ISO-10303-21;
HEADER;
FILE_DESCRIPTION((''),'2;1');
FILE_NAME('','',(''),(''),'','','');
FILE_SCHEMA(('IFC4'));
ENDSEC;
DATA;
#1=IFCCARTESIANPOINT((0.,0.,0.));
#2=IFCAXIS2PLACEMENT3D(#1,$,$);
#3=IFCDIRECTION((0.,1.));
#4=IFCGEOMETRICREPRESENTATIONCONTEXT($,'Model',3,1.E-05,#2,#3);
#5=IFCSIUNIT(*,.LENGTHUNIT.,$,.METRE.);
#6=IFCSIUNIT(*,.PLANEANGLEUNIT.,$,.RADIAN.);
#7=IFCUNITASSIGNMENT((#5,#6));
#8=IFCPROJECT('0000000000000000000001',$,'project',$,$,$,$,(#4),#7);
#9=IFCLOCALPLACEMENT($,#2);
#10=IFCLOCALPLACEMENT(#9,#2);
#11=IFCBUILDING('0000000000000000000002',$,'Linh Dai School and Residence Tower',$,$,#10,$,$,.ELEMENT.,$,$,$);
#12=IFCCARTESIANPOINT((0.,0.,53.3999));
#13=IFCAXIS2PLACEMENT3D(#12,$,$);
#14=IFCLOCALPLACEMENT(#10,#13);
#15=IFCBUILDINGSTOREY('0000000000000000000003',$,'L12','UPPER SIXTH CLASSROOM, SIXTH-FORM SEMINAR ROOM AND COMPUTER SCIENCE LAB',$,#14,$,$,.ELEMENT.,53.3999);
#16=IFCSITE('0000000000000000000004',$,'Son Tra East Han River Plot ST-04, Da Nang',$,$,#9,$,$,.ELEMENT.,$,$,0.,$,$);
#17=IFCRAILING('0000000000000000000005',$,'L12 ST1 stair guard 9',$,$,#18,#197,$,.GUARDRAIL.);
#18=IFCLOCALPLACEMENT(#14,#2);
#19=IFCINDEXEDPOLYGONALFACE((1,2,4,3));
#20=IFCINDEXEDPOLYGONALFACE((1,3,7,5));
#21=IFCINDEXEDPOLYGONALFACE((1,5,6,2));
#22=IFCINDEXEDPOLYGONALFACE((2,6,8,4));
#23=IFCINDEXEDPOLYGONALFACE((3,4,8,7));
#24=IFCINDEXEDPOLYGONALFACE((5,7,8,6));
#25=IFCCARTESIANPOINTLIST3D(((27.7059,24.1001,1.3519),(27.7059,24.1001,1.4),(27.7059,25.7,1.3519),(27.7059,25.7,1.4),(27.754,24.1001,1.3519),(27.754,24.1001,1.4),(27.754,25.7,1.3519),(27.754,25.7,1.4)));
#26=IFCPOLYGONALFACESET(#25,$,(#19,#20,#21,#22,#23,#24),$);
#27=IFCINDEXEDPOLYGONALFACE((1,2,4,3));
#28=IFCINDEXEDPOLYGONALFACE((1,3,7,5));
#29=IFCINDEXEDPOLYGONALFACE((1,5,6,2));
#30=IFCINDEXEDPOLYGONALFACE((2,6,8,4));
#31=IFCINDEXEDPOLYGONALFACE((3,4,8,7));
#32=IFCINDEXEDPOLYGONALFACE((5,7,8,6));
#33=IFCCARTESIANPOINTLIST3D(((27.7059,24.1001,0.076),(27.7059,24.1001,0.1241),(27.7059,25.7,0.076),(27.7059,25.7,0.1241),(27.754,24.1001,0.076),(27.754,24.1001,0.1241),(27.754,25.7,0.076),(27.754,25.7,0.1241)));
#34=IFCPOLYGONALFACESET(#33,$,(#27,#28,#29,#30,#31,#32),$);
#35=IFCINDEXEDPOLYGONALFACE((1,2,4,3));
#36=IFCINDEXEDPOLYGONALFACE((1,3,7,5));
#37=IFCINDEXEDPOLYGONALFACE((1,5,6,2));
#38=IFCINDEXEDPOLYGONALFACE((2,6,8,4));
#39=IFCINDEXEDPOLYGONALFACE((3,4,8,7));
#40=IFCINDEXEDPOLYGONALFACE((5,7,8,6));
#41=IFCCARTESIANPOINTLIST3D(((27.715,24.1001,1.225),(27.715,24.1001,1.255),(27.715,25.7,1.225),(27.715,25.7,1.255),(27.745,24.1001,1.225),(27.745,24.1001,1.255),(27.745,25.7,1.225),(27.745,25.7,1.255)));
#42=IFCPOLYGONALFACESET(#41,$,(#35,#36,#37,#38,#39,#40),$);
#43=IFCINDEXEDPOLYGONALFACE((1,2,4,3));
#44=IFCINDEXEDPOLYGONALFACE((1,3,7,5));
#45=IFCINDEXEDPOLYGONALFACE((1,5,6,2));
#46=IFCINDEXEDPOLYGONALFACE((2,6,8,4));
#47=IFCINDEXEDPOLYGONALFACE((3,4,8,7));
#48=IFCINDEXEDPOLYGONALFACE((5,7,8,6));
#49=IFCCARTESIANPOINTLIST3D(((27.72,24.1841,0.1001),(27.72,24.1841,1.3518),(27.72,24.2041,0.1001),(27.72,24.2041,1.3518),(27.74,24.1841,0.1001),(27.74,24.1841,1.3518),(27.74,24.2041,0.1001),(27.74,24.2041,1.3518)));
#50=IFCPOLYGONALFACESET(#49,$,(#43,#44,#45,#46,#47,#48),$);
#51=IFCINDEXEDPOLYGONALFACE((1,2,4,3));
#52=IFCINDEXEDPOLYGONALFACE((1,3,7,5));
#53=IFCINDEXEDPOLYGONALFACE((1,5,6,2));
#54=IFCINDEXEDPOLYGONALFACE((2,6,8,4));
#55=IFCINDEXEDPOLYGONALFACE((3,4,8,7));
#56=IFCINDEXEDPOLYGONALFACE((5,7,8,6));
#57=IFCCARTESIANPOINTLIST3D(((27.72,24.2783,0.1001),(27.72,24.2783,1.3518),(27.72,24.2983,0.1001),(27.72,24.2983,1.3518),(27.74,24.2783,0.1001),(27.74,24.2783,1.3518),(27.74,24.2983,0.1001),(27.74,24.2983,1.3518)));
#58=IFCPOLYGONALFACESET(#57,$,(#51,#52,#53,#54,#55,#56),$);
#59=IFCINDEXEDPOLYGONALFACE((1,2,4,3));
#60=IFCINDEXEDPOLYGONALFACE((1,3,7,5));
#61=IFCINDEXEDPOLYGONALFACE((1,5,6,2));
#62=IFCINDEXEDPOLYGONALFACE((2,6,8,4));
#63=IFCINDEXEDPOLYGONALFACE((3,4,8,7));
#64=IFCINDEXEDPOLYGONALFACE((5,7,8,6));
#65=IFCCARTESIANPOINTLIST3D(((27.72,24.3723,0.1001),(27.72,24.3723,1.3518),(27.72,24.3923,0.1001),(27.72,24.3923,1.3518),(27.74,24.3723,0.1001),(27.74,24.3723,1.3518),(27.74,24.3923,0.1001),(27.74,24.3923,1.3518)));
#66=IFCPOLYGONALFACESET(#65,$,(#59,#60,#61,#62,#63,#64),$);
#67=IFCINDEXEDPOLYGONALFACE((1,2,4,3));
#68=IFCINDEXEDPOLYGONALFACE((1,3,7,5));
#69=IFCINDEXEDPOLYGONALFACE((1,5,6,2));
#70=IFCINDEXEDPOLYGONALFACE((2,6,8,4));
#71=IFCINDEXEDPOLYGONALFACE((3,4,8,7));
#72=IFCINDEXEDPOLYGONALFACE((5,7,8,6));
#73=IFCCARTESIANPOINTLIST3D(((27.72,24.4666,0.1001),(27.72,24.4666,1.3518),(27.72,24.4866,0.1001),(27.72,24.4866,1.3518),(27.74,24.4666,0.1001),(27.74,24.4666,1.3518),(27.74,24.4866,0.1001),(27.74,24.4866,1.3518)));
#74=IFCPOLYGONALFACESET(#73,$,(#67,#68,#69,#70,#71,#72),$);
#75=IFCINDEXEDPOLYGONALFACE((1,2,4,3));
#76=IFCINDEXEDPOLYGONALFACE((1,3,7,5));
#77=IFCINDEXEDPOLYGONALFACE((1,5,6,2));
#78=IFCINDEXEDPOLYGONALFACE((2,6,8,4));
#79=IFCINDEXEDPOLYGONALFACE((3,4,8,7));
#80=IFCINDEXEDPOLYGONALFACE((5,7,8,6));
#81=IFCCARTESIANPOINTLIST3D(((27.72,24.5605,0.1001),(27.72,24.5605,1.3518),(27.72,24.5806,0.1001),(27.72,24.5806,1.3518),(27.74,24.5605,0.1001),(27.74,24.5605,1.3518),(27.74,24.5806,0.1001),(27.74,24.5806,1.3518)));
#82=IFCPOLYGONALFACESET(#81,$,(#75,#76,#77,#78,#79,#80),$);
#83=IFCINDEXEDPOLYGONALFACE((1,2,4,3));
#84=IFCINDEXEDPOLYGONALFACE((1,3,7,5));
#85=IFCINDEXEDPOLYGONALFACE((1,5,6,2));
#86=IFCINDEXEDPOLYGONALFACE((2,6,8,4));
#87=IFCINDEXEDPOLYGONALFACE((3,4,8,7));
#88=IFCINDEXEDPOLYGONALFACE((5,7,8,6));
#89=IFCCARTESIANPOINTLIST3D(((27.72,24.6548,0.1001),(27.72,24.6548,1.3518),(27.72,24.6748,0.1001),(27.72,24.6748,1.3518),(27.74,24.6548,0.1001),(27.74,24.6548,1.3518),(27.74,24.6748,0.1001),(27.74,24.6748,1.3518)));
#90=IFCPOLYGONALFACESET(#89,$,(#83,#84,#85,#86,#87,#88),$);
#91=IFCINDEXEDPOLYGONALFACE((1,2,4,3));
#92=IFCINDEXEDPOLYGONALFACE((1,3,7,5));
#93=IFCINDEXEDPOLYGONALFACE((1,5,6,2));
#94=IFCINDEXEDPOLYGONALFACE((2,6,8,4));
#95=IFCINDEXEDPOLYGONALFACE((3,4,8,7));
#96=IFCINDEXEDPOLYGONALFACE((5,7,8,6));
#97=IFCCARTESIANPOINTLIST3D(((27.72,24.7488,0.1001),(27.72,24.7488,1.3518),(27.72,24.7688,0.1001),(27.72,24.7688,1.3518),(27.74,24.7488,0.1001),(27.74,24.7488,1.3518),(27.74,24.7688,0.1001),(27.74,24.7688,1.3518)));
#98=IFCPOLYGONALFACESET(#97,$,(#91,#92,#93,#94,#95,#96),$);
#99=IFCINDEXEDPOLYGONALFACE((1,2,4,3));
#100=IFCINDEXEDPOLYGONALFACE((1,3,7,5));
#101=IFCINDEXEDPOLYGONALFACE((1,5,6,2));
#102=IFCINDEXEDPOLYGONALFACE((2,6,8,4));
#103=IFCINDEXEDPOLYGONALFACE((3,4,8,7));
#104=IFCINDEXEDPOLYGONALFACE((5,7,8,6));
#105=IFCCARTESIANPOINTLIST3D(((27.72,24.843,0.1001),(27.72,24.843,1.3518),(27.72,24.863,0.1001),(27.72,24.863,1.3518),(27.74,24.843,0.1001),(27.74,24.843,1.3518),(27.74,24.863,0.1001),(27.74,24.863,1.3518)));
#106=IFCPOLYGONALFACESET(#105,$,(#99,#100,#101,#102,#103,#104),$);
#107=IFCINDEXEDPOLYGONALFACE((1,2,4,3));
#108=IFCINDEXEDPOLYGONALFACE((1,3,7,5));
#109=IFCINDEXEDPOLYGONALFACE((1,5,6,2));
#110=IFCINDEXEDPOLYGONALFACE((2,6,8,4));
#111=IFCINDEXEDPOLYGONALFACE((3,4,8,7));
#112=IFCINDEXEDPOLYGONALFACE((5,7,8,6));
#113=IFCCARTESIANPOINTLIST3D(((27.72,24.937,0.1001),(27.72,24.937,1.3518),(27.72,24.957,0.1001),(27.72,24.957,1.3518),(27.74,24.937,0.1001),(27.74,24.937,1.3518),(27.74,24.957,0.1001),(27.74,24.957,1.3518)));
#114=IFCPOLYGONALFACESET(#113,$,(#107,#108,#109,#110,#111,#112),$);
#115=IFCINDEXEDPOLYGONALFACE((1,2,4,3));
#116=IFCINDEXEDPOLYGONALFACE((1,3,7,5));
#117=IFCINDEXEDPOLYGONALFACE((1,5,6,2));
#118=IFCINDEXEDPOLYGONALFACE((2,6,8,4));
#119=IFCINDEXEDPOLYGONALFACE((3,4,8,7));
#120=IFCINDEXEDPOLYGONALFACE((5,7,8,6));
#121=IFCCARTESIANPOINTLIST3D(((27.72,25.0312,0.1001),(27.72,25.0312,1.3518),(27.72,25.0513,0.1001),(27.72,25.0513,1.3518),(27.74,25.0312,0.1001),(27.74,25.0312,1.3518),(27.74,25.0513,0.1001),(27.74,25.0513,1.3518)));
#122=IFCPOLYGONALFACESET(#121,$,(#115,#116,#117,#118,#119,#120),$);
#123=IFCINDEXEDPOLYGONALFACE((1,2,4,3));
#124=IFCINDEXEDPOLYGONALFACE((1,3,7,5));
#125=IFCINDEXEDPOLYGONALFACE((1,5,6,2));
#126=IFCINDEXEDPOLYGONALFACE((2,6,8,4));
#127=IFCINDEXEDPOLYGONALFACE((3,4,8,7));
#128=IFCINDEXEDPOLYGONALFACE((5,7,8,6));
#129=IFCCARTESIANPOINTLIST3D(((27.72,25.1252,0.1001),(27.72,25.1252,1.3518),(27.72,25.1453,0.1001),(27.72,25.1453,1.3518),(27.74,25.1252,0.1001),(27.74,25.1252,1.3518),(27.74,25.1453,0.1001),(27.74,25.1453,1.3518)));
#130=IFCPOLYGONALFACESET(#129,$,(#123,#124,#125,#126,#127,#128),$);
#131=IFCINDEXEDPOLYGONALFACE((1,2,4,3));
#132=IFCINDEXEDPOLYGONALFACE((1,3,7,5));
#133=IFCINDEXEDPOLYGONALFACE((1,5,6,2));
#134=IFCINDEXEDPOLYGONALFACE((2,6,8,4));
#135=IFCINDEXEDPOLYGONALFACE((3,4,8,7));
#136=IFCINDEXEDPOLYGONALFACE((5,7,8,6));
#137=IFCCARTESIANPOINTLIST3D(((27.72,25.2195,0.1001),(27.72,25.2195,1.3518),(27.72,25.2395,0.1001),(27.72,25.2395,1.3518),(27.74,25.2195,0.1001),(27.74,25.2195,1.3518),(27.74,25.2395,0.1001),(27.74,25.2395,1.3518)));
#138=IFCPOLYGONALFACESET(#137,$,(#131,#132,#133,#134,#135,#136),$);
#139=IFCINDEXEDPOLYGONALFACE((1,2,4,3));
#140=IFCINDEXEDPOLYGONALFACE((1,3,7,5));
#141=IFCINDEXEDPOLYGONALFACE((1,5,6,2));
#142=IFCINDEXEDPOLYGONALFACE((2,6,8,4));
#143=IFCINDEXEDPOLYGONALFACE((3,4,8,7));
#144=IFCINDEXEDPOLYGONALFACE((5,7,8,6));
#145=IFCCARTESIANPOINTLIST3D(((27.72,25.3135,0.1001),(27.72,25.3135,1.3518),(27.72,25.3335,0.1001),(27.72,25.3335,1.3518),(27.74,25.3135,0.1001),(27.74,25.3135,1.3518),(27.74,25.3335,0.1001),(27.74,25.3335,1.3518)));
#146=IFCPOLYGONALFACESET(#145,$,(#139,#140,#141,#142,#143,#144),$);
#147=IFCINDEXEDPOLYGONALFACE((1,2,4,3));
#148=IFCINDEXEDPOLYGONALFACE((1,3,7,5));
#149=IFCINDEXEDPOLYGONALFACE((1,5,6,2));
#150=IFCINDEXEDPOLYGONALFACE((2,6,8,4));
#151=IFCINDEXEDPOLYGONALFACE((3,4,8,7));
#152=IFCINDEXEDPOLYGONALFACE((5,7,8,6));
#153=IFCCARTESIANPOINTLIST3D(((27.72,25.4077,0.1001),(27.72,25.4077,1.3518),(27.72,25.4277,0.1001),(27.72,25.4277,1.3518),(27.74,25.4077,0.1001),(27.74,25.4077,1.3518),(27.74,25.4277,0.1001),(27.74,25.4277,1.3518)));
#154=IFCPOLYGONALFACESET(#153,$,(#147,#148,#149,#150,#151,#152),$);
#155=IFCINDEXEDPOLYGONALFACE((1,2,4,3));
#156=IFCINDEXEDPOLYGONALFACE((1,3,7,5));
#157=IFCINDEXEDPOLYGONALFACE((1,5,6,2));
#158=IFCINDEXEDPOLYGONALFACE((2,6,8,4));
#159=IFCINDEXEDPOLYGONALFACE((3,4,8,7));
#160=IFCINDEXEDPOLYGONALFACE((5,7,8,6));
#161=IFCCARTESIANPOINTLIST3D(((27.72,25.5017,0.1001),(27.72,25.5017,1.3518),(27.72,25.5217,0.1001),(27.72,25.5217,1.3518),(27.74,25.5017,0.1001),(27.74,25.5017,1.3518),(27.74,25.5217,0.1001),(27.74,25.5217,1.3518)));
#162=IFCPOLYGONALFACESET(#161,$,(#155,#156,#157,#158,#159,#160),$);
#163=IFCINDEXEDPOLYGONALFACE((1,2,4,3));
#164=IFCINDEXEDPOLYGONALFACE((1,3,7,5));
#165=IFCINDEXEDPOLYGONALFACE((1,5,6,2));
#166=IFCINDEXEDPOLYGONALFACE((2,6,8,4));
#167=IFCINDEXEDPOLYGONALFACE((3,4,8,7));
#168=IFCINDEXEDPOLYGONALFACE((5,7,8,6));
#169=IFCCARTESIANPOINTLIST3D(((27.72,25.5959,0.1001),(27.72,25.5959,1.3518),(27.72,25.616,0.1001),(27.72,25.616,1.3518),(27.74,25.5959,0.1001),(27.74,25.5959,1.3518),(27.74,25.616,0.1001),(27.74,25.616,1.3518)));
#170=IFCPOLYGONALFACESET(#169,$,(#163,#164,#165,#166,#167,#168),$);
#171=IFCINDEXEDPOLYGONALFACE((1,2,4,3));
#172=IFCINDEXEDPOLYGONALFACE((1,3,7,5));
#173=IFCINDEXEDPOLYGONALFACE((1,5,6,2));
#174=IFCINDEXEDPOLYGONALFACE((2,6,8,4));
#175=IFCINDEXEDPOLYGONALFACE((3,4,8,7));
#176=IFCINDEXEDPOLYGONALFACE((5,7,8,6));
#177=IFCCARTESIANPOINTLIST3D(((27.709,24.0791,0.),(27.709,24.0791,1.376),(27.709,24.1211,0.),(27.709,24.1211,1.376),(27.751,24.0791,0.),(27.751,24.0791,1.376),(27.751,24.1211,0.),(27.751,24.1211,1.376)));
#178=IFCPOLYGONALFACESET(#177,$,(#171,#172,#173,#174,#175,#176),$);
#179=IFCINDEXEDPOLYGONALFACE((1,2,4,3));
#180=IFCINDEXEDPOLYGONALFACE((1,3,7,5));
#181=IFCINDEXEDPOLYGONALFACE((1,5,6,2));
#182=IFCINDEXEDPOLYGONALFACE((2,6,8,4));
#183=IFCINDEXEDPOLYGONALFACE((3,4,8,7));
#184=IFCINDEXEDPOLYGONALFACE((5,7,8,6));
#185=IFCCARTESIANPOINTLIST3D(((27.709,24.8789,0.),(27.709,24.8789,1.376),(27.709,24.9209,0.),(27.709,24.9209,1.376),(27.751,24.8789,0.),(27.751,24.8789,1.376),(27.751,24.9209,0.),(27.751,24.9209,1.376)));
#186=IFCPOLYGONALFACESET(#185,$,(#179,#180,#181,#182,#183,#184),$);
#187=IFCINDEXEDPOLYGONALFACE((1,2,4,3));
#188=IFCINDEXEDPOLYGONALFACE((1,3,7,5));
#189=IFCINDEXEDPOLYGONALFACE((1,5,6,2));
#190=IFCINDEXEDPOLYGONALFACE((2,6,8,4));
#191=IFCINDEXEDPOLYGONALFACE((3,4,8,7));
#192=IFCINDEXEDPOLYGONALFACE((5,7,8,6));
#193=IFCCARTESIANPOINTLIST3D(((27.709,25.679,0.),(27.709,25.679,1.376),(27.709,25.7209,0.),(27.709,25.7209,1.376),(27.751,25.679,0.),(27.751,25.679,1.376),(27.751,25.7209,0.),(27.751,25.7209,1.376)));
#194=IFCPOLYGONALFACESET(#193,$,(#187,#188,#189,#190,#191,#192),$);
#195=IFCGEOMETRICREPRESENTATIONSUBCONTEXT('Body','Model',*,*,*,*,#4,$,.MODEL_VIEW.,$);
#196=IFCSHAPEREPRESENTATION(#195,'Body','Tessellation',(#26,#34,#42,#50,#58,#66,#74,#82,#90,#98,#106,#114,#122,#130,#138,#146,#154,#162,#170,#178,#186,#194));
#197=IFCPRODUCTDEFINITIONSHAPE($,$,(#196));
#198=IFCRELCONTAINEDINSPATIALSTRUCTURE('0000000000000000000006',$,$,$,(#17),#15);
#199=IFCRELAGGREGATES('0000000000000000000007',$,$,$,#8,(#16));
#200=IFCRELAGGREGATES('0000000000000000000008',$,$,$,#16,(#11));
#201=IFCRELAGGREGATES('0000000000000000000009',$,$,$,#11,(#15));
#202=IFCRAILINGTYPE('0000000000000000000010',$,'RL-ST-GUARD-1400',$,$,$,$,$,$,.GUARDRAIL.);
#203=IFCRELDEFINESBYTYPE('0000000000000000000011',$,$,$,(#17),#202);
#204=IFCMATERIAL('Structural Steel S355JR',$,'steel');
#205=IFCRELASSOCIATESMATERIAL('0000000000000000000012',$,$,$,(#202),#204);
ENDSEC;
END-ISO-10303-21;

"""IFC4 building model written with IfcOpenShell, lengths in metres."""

from ifc_helpers import new_model, si_unit, direction, frame, origin, origin_2d, place, context, subcontext, project, spatial, rectangle, extrude, source, transform, mapped, material, type_object, element, save


model = new_model("IFC4")

# Units and contexts
model_context = context("Model", 3, precision=1e-05, world=origin(), true_north=direction((0.0, 1.0)))
body_context = subcontext(model_context, "Body", "Model", "MODEL_VIEW")
ifc_project = project(units=[si_unit("LENGTHUNIT", "METRE"), si_unit("PLANEANGLEUNIT", "RADIAN")], contexts=[model_context])

# Site, building, storey
site_placement = place(None, origin())
site = spatial("IfcSite", under=ifc_project, at=site_placement, Name="Son Tra East Han River Plot ST-04, Da Nang", CompositionType="ELEMENT", RefElevation=0.0)
building_placement = place(site_placement, origin())
building = spatial("IfcBuilding", under=site, at=building_placement, Name="Linh Dai School and Residence Tower", CompositionType="ELEMENT")
storey_placement = place(building_placement, frame((0.0, 0.0, 53.3999)))
storey = spatial("IfcBuildingStorey", under=building, at=storey_placement, Name="L12", Description="UPPER SIXTH CLASSROOM, SIXTH-FORM SEMINAR ROOM AND COMPUTER SCIENCE LAB", CompositionType="ELEMENT", Elevation=53.3999)

# Shared definitions
ifc_material_1 = material(Name="Structural Steel S355JR", Category="steel")

# Railing
railing_type_1 = type_object("IfcRailingType", Name="RL-ST-GUARD-1400", PredefinedType="GUARDRAIL", material=ifc_material_1)
shared_shape_1 = source(origin(), body_context, "Body", "SweptSolid", [
    extrude(rectangle(XDim=0.0481, YDim=0.0481, at=origin_2d()), frame((0.0, 0.0, 1.376), z_axis=(0.0, 1.0, 0.0), x_axis=(-1.0, 0.0, 0.0)), (0.0, 0.0, 1.0), 1.5999),
    extrude(rectangle(XDim=0.0481, YDim=0.0481, at=origin_2d()), frame((0.0, 0.0, 0.1001), z_axis=(0.0, 1.0, 0.0), x_axis=(-1.0, 0.0, 0.0)), (0.0, 0.0, 1.0), 1.5999),
    extrude(rectangle(XDim=0.03, YDim=0.03, at=origin_2d()), frame((0.0, 0.0, 1.24), z_axis=(0.0, 1.0, 0.0), x_axis=(-1.0, 0.0, 0.0)), (0.0, 0.0, 1.0), 1.5999),
    extrude(rectangle(XDim=0.02, YDim=0.02, at=origin_2d()), frame((0.0, 0.094, 0.1001)), (0.0, 0.0, 1.0), 1.2517),
    extrude(rectangle(XDim=0.02, YDim=0.02, at=origin_2d()), frame((0.0, 0.1882, 0.1001)), (0.0, 0.0, 1.0), 1.2517),
    extrude(rectangle(XDim=0.02, YDim=0.02, at=origin_2d()), frame((0.0, 0.2822, 0.1001)), (0.0, 0.0, 1.0), 1.2517),
    extrude(rectangle(XDim=0.02, YDim=0.02, at=origin_2d()), frame((0.0, 0.3765, 0.1001)), (0.0, 0.0, 1.0), 1.2517),
    extrude(rectangle(XDim=0.02, YDim=0.02, at=origin_2d()), frame((0.0, 0.4705, 0.1001)), (0.0, 0.0, 1.0), 1.2517),
    extrude(rectangle(XDim=0.02, YDim=0.02, at=origin_2d()), frame((0.0, 0.5647, 0.1001)), (0.0, 0.0, 1.0), 1.2517),
    extrude(rectangle(XDim=0.02, YDim=0.02, at=origin_2d()), frame((0.0, 0.6587, 0.1001)), (0.0, 0.0, 1.0), 1.2517),
    extrude(rectangle(XDim=0.02, YDim=0.02, at=origin_2d()), frame((0.0, 0.7529, 0.1001)), (0.0, 0.0, 1.0), 1.2517),
    extrude(rectangle(XDim=0.02, YDim=0.02, at=origin_2d()), frame((0.0, 0.8469, 0.1001)), (0.0, 0.0, 1.0), 1.2517),
    extrude(rectangle(XDim=0.02, YDim=0.02, at=origin_2d()), frame((0.0, 0.9412, 0.1001)), (0.0, 0.0, 1.0), 1.2517),
    extrude(rectangle(XDim=0.02, YDim=0.02, at=origin_2d()), frame((0.0, 1.0352, 0.1001)), (0.0, 0.0, 1.0), 1.2517),
    extrude(rectangle(XDim=0.02, YDim=0.02, at=origin_2d()), frame((0.0, 1.1294, 0.1001)), (0.0, 0.0, 1.0), 1.2517),
    extrude(rectangle(XDim=0.02, YDim=0.02, at=origin_2d()), frame((0.0, 1.2234, 0.1001)), (0.0, 0.0, 1.0), 1.2517),
    extrude(rectangle(XDim=0.02, YDim=0.02, at=origin_2d()), frame((0.0, 1.3176, 0.1001)), (0.0, 0.0, 1.0), 1.2517),
    extrude(rectangle(XDim=0.02, YDim=0.02, at=origin_2d()), frame((0.0, 1.4116, 0.1001)), (0.0, 0.0, 1.0), 1.2517),
    extrude(rectangle(XDim=0.02, YDim=0.02, at=origin_2d()), frame((0.0, 1.5059, 0.1001)), (0.0, 0.0, 1.0), 1.2517),
    extrude(rectangle(XDim=0.042, YDim=0.042, at=origin_2d()), origin(), (0.0, 0.0, 1.0), 1.376),
    extrude(rectangle(XDim=0.042, YDim=0.042, at=origin_2d()), frame((0.0, 0.7998, 0.0)), (0.0, 0.0, 1.0), 1.376),
    extrude(rectangle(XDim=0.042, YDim=0.042, at=origin_2d()), frame((0.0, 1.5999, 0.0)), (0.0, 0.0, 1.0), 1.376),
])
for number, where, name in (
    (1, (27.73, 24.1001, 0.0), "L12 ST1 stair guard 9"),
):
    element("IfcRailing", number, at=place(storey_placement, frame(where)), inside=storey, type_object=railing_type_1, Name=name, PredefinedType="GUARDRAIL", context=body_context, shape_type="MappedRepresentation", body=[
        mapped(shared_shape_1, transform((0.0, 0.0, 0.0), x_axis=(1.0, 0.0, 0.0), y_axis=(0.0, 1.0, 0.0), z_axis=(0.0, 0.0, 1.0), scale=1.0)),
    ])

save(model, "model.ifc")
